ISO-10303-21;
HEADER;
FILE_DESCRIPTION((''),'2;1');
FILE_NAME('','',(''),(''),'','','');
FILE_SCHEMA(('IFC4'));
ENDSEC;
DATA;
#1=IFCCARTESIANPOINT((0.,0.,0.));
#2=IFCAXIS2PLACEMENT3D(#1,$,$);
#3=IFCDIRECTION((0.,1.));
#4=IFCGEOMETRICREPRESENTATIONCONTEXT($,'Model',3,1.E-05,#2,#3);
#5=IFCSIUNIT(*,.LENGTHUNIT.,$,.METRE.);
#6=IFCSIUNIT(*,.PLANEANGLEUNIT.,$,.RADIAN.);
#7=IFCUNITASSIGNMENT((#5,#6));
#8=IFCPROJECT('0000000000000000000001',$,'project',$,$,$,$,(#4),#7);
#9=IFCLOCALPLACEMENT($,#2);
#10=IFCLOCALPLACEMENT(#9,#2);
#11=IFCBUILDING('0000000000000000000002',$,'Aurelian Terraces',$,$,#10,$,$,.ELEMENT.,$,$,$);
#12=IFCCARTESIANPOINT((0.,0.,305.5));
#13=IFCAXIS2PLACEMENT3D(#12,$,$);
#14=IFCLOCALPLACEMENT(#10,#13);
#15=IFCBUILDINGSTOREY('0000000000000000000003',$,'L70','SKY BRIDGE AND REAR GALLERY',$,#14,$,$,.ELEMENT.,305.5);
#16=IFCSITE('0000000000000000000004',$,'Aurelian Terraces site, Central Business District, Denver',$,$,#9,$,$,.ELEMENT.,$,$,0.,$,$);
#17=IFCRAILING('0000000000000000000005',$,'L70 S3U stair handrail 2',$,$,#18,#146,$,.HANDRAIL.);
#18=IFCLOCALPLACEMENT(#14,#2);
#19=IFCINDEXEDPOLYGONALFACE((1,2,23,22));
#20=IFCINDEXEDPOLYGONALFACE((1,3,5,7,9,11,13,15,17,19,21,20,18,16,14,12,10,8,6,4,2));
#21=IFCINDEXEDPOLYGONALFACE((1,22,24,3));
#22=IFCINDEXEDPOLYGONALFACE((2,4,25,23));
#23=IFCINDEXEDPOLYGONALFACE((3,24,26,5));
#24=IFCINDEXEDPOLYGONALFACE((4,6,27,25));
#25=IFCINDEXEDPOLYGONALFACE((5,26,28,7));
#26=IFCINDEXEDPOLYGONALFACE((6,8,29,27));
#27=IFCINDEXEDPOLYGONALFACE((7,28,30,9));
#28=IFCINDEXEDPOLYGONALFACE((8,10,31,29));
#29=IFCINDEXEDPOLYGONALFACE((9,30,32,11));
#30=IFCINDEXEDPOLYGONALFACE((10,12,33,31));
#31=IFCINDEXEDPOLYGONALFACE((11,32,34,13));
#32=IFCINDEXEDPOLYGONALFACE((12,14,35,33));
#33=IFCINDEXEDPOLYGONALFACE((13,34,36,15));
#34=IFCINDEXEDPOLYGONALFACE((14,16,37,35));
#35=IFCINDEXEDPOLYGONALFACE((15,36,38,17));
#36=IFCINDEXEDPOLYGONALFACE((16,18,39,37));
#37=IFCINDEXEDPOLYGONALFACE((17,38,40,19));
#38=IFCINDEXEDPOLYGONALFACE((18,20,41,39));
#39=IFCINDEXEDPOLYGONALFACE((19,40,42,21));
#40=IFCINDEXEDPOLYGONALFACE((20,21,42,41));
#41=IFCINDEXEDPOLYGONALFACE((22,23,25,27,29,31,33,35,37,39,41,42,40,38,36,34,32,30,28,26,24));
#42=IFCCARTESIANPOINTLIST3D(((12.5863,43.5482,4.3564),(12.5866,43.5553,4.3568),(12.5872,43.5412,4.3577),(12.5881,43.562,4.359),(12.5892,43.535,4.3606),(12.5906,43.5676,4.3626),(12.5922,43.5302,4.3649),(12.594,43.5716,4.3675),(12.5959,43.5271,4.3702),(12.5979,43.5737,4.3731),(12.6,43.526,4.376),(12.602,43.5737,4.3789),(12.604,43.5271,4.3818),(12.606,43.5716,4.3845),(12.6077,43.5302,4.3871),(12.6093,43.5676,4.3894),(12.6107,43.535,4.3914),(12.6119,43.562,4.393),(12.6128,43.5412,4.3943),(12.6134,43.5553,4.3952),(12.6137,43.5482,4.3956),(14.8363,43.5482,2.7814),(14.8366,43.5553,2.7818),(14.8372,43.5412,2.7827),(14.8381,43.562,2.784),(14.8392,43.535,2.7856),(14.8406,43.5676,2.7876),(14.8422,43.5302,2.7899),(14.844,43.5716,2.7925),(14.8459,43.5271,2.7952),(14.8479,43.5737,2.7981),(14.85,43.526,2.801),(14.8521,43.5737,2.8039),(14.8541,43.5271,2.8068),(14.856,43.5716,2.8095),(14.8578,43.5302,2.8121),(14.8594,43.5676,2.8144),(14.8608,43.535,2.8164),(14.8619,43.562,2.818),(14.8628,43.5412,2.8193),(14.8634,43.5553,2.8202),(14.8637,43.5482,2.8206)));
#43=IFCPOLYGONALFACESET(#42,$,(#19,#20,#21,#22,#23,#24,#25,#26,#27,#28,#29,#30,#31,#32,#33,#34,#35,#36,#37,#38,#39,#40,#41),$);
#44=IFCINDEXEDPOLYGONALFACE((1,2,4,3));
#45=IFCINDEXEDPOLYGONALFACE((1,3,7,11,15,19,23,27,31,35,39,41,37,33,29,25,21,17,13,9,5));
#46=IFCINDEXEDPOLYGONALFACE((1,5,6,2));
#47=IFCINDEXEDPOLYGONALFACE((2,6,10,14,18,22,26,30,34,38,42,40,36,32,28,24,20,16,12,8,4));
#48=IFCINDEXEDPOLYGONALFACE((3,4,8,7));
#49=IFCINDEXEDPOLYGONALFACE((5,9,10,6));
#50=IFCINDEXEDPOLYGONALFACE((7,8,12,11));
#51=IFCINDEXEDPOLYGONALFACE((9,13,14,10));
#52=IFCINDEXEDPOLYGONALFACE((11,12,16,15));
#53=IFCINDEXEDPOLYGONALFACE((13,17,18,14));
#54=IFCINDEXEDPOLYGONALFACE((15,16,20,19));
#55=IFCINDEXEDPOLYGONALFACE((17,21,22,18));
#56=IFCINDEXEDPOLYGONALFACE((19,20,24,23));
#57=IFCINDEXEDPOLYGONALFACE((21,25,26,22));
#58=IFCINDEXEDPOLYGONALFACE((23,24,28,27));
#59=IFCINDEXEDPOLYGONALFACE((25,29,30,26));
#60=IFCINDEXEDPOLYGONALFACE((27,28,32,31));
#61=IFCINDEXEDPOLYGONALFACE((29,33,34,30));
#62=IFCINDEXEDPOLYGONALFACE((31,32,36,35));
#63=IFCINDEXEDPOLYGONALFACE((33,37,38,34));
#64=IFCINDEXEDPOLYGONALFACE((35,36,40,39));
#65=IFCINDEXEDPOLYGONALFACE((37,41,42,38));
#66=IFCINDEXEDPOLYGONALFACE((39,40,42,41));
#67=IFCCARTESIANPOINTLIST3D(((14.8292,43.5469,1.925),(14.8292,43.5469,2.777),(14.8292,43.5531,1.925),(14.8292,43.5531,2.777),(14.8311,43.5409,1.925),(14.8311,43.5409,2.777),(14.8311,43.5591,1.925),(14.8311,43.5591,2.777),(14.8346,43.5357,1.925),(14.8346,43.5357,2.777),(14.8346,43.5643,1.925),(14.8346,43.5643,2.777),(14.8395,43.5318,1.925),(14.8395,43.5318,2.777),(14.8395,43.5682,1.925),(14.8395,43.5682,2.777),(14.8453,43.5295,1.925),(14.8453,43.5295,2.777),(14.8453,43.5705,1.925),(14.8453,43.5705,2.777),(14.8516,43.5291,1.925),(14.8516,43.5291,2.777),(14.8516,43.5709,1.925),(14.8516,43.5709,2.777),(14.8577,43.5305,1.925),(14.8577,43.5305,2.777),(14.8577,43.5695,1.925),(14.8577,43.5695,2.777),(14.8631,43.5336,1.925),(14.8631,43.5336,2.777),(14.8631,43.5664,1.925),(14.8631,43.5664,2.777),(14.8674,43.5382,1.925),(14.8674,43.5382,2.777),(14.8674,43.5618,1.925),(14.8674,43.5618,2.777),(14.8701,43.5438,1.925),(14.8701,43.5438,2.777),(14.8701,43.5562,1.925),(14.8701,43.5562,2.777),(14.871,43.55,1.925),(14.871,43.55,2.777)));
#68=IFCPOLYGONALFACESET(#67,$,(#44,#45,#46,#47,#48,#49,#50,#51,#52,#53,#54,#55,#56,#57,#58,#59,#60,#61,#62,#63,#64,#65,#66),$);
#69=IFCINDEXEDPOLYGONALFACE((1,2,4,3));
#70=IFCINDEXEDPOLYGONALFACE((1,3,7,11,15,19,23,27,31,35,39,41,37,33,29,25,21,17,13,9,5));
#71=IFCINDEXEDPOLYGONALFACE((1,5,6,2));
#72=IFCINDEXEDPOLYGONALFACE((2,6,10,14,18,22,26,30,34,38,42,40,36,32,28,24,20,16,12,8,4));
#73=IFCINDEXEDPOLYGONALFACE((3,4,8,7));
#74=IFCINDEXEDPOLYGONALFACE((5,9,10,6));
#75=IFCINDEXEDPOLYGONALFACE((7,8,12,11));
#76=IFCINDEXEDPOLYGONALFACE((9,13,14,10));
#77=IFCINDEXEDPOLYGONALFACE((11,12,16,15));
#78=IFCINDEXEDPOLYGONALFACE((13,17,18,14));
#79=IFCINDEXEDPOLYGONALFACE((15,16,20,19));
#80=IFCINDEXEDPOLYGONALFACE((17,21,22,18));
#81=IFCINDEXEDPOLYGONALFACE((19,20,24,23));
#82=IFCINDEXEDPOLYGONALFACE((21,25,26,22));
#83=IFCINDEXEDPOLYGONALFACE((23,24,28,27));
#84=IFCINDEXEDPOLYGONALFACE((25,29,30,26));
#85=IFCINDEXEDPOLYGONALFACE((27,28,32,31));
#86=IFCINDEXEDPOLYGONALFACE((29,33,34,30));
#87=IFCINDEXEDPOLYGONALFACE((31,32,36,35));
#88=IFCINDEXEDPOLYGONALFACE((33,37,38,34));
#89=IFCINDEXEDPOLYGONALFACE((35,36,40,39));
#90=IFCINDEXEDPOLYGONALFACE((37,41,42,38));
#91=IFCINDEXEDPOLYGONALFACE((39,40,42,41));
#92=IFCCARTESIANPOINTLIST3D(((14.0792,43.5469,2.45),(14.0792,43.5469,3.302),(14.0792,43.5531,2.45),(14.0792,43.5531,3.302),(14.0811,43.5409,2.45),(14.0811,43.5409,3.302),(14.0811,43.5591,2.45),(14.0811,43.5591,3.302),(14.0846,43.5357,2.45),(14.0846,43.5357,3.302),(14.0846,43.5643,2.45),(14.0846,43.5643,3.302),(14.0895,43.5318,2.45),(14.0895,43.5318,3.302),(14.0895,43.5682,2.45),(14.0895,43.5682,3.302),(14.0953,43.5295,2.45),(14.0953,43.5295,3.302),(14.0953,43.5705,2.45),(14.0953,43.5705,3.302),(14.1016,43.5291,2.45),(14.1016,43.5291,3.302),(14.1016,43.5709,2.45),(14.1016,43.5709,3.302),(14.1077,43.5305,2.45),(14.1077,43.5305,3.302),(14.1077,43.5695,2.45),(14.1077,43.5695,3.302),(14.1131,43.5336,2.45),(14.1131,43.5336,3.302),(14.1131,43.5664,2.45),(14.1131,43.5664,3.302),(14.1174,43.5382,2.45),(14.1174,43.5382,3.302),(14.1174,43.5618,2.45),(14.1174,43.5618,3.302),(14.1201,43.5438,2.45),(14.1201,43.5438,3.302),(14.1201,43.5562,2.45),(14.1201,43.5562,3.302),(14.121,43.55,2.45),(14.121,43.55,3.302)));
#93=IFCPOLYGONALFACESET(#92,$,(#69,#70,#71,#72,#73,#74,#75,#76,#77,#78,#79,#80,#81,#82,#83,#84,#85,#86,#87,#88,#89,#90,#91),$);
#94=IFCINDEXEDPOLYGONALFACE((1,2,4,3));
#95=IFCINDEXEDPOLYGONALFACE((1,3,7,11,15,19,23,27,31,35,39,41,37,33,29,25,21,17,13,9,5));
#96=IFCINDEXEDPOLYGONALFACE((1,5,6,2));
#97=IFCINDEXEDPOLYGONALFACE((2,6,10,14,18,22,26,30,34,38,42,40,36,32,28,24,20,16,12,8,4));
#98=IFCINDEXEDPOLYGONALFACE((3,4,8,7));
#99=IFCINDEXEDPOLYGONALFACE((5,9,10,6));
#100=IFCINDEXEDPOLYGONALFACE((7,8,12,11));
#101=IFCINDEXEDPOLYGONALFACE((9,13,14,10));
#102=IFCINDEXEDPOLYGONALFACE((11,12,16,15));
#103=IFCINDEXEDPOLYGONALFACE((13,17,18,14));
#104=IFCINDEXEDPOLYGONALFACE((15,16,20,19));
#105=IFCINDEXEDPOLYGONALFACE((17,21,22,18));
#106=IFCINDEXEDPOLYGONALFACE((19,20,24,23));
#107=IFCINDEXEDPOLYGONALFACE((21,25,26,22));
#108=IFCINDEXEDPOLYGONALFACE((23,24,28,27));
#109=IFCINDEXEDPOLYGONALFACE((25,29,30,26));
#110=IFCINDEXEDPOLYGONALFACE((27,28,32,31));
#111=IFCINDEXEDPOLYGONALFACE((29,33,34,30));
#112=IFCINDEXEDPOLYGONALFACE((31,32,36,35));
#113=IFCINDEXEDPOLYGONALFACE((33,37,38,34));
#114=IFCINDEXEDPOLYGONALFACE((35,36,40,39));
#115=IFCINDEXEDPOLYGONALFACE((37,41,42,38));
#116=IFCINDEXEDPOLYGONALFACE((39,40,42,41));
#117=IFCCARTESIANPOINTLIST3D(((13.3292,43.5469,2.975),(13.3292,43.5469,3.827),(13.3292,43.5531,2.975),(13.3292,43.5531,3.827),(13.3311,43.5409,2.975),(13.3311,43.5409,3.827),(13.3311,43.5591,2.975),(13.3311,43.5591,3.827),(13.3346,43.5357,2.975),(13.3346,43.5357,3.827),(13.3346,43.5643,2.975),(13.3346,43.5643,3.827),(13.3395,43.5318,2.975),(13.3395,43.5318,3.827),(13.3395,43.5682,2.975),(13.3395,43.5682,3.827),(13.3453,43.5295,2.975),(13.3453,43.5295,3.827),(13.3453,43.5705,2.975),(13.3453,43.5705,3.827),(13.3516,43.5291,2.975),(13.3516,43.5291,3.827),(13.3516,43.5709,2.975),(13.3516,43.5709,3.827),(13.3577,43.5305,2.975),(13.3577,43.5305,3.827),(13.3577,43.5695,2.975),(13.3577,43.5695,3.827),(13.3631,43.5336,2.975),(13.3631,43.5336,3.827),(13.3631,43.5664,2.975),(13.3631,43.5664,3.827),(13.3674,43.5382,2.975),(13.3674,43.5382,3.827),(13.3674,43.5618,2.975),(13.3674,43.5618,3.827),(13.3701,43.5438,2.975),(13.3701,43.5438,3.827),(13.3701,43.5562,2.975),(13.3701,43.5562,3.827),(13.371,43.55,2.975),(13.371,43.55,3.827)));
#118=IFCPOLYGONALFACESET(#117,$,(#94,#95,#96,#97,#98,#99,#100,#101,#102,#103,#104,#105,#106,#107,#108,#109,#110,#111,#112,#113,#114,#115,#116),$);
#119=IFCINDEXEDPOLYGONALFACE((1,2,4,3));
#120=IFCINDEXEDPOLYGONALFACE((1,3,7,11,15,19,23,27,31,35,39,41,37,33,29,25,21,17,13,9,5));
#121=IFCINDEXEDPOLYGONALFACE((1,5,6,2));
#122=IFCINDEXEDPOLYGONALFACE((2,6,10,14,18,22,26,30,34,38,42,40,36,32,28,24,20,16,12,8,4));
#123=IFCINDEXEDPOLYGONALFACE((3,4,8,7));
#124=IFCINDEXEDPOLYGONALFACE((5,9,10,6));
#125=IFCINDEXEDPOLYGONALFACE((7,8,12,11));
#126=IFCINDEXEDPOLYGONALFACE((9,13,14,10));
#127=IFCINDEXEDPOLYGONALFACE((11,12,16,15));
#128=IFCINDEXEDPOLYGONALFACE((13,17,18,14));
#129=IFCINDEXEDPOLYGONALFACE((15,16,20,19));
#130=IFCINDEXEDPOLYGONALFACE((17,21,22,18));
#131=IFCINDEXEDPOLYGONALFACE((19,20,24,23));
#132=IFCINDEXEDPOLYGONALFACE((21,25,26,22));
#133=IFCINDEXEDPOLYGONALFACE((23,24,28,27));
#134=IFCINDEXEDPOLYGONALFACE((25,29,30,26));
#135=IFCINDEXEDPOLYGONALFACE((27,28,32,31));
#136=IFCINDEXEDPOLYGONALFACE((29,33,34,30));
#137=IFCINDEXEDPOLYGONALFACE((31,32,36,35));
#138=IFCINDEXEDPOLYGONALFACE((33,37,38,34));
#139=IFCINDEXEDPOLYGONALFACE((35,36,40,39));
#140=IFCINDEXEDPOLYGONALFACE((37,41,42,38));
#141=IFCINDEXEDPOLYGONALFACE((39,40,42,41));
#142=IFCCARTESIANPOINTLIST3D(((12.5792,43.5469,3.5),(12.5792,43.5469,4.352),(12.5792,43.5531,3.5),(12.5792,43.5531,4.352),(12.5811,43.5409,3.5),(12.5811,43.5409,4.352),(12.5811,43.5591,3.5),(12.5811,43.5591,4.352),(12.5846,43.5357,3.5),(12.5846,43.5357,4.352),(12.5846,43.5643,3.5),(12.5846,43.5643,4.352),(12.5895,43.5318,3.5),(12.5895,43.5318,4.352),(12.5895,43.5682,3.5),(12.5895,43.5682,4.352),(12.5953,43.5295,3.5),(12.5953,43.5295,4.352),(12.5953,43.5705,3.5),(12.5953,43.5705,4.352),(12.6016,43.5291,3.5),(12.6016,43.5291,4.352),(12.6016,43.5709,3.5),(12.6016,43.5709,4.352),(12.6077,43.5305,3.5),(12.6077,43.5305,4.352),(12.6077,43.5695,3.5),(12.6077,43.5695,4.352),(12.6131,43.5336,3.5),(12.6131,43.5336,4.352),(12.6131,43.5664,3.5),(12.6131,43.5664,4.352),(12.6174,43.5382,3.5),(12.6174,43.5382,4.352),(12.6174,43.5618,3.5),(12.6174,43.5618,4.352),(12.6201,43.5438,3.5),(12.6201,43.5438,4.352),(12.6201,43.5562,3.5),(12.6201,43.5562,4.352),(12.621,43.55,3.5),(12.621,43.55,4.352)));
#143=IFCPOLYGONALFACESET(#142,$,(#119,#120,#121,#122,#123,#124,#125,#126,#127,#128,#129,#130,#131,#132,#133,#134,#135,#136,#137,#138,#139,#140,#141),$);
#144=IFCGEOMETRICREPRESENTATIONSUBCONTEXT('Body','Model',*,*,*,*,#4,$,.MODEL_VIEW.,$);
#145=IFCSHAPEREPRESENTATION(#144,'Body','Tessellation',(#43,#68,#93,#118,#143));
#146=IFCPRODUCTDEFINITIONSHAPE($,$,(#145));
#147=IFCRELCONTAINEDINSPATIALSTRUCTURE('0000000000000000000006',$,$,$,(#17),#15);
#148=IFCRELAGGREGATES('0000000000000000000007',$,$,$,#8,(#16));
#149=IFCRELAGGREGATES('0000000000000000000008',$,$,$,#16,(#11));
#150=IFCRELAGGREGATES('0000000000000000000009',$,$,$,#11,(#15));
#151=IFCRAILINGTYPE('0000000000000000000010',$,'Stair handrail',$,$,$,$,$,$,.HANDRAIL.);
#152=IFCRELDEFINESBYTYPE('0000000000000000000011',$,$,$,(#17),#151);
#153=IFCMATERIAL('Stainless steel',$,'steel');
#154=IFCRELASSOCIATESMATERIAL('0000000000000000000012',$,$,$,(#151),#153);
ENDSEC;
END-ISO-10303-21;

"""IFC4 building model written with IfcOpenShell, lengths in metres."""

from ifc_helpers import new_model, si_unit, direction, frame, origin, origin_2d, place, context, subcontext, project, spatial, circle, extrude, source, transform, mapped, material, type_object, element, save


model = new_model("IFC4")

# Units and contexts
model_context = context("Model", 3, precision=1e-05, world=origin(), true_north=direction((0.0, 1.0)))
body_context = subcontext(model_context, "Body", "Model", "MODEL_VIEW")
ifc_project = project(units=[si_unit("LENGTHUNIT", "METRE"), si_unit("PLANEANGLEUNIT", "RADIAN")], contexts=[model_context])

# Site, building, storey
site_placement = place(None, origin())
site = spatial("IfcSite", under=ifc_project, at=site_placement, Name="Aurelian Terraces site, Central Business District, Denver", CompositionType="ELEMENT", RefElevation=0.0)
building_placement = place(site_placement, origin())
building = spatial("IfcBuilding", under=site, at=building_placement, Name="Aurelian Terraces", CompositionType="ELEMENT")
storey_placement = place(building_placement, frame((0.0, 0.0, 305.5)))
storey = spatial("IfcBuildingStorey", under=building, at=storey_placement, Name="L70", Description="SKY BRIDGE AND REAR GALLERY", CompositionType="ELEMENT", Elevation=305.5)

# Railing
ifc_material_1 = material(Name="Stainless steel", Category="steel")
railing_type_1 = type_object("IfcRailingType", Name="Stair handrail", PredefinedType="HANDRAIL", material=ifc_material_1)
shared_shape_1 = source(origin(), body_context, "Body", "SweptSolid", [
    extrude(circle(Radius=0.024, at=origin_2d()), frame((0.0, 0.0, 0.876), z_axis=(-0.819232, 0.0, 0.573462), x_axis=(0.0, -1.0, 0.0)), (0.0, 0.0, 1.0), 2.7465),
    extrude(circle(Radius=0.021, at=origin_2d()), origin(), (0.0, 0.0, 1.0), 0.852),
    extrude(circle(Radius=0.021, at=origin_2d()), frame((-0.75, 0.0, 0.525)), (0.0, 0.0, 1.0), 0.852),
    extrude(circle(Radius=0.021, at=origin_2d()), frame((-1.5, 0.0, 1.05)), (0.0, 0.0, 1.0), 0.852),
    extrude(circle(Radius=0.021, at=origin_2d()), frame((-2.25, 0.0, 1.575)), (0.0, 0.0, 1.0), 0.852),
])
railing_1_placement = place(storey_placement, frame((14.85, 43.55, 1.925)))
element("IfcRailing", 1, at=railing_1_placement, inside=storey, type_object=railing_type_1, Name="L70 S3U stair handrail 2", PredefinedType="HANDRAIL", context=body_context, shape_type="MappedRepresentation", body=[
    mapped(shared_shape_1, transform((0.0, 0.0, 0.0), scale=1.0)),
])

save(model, "model.ifc")
